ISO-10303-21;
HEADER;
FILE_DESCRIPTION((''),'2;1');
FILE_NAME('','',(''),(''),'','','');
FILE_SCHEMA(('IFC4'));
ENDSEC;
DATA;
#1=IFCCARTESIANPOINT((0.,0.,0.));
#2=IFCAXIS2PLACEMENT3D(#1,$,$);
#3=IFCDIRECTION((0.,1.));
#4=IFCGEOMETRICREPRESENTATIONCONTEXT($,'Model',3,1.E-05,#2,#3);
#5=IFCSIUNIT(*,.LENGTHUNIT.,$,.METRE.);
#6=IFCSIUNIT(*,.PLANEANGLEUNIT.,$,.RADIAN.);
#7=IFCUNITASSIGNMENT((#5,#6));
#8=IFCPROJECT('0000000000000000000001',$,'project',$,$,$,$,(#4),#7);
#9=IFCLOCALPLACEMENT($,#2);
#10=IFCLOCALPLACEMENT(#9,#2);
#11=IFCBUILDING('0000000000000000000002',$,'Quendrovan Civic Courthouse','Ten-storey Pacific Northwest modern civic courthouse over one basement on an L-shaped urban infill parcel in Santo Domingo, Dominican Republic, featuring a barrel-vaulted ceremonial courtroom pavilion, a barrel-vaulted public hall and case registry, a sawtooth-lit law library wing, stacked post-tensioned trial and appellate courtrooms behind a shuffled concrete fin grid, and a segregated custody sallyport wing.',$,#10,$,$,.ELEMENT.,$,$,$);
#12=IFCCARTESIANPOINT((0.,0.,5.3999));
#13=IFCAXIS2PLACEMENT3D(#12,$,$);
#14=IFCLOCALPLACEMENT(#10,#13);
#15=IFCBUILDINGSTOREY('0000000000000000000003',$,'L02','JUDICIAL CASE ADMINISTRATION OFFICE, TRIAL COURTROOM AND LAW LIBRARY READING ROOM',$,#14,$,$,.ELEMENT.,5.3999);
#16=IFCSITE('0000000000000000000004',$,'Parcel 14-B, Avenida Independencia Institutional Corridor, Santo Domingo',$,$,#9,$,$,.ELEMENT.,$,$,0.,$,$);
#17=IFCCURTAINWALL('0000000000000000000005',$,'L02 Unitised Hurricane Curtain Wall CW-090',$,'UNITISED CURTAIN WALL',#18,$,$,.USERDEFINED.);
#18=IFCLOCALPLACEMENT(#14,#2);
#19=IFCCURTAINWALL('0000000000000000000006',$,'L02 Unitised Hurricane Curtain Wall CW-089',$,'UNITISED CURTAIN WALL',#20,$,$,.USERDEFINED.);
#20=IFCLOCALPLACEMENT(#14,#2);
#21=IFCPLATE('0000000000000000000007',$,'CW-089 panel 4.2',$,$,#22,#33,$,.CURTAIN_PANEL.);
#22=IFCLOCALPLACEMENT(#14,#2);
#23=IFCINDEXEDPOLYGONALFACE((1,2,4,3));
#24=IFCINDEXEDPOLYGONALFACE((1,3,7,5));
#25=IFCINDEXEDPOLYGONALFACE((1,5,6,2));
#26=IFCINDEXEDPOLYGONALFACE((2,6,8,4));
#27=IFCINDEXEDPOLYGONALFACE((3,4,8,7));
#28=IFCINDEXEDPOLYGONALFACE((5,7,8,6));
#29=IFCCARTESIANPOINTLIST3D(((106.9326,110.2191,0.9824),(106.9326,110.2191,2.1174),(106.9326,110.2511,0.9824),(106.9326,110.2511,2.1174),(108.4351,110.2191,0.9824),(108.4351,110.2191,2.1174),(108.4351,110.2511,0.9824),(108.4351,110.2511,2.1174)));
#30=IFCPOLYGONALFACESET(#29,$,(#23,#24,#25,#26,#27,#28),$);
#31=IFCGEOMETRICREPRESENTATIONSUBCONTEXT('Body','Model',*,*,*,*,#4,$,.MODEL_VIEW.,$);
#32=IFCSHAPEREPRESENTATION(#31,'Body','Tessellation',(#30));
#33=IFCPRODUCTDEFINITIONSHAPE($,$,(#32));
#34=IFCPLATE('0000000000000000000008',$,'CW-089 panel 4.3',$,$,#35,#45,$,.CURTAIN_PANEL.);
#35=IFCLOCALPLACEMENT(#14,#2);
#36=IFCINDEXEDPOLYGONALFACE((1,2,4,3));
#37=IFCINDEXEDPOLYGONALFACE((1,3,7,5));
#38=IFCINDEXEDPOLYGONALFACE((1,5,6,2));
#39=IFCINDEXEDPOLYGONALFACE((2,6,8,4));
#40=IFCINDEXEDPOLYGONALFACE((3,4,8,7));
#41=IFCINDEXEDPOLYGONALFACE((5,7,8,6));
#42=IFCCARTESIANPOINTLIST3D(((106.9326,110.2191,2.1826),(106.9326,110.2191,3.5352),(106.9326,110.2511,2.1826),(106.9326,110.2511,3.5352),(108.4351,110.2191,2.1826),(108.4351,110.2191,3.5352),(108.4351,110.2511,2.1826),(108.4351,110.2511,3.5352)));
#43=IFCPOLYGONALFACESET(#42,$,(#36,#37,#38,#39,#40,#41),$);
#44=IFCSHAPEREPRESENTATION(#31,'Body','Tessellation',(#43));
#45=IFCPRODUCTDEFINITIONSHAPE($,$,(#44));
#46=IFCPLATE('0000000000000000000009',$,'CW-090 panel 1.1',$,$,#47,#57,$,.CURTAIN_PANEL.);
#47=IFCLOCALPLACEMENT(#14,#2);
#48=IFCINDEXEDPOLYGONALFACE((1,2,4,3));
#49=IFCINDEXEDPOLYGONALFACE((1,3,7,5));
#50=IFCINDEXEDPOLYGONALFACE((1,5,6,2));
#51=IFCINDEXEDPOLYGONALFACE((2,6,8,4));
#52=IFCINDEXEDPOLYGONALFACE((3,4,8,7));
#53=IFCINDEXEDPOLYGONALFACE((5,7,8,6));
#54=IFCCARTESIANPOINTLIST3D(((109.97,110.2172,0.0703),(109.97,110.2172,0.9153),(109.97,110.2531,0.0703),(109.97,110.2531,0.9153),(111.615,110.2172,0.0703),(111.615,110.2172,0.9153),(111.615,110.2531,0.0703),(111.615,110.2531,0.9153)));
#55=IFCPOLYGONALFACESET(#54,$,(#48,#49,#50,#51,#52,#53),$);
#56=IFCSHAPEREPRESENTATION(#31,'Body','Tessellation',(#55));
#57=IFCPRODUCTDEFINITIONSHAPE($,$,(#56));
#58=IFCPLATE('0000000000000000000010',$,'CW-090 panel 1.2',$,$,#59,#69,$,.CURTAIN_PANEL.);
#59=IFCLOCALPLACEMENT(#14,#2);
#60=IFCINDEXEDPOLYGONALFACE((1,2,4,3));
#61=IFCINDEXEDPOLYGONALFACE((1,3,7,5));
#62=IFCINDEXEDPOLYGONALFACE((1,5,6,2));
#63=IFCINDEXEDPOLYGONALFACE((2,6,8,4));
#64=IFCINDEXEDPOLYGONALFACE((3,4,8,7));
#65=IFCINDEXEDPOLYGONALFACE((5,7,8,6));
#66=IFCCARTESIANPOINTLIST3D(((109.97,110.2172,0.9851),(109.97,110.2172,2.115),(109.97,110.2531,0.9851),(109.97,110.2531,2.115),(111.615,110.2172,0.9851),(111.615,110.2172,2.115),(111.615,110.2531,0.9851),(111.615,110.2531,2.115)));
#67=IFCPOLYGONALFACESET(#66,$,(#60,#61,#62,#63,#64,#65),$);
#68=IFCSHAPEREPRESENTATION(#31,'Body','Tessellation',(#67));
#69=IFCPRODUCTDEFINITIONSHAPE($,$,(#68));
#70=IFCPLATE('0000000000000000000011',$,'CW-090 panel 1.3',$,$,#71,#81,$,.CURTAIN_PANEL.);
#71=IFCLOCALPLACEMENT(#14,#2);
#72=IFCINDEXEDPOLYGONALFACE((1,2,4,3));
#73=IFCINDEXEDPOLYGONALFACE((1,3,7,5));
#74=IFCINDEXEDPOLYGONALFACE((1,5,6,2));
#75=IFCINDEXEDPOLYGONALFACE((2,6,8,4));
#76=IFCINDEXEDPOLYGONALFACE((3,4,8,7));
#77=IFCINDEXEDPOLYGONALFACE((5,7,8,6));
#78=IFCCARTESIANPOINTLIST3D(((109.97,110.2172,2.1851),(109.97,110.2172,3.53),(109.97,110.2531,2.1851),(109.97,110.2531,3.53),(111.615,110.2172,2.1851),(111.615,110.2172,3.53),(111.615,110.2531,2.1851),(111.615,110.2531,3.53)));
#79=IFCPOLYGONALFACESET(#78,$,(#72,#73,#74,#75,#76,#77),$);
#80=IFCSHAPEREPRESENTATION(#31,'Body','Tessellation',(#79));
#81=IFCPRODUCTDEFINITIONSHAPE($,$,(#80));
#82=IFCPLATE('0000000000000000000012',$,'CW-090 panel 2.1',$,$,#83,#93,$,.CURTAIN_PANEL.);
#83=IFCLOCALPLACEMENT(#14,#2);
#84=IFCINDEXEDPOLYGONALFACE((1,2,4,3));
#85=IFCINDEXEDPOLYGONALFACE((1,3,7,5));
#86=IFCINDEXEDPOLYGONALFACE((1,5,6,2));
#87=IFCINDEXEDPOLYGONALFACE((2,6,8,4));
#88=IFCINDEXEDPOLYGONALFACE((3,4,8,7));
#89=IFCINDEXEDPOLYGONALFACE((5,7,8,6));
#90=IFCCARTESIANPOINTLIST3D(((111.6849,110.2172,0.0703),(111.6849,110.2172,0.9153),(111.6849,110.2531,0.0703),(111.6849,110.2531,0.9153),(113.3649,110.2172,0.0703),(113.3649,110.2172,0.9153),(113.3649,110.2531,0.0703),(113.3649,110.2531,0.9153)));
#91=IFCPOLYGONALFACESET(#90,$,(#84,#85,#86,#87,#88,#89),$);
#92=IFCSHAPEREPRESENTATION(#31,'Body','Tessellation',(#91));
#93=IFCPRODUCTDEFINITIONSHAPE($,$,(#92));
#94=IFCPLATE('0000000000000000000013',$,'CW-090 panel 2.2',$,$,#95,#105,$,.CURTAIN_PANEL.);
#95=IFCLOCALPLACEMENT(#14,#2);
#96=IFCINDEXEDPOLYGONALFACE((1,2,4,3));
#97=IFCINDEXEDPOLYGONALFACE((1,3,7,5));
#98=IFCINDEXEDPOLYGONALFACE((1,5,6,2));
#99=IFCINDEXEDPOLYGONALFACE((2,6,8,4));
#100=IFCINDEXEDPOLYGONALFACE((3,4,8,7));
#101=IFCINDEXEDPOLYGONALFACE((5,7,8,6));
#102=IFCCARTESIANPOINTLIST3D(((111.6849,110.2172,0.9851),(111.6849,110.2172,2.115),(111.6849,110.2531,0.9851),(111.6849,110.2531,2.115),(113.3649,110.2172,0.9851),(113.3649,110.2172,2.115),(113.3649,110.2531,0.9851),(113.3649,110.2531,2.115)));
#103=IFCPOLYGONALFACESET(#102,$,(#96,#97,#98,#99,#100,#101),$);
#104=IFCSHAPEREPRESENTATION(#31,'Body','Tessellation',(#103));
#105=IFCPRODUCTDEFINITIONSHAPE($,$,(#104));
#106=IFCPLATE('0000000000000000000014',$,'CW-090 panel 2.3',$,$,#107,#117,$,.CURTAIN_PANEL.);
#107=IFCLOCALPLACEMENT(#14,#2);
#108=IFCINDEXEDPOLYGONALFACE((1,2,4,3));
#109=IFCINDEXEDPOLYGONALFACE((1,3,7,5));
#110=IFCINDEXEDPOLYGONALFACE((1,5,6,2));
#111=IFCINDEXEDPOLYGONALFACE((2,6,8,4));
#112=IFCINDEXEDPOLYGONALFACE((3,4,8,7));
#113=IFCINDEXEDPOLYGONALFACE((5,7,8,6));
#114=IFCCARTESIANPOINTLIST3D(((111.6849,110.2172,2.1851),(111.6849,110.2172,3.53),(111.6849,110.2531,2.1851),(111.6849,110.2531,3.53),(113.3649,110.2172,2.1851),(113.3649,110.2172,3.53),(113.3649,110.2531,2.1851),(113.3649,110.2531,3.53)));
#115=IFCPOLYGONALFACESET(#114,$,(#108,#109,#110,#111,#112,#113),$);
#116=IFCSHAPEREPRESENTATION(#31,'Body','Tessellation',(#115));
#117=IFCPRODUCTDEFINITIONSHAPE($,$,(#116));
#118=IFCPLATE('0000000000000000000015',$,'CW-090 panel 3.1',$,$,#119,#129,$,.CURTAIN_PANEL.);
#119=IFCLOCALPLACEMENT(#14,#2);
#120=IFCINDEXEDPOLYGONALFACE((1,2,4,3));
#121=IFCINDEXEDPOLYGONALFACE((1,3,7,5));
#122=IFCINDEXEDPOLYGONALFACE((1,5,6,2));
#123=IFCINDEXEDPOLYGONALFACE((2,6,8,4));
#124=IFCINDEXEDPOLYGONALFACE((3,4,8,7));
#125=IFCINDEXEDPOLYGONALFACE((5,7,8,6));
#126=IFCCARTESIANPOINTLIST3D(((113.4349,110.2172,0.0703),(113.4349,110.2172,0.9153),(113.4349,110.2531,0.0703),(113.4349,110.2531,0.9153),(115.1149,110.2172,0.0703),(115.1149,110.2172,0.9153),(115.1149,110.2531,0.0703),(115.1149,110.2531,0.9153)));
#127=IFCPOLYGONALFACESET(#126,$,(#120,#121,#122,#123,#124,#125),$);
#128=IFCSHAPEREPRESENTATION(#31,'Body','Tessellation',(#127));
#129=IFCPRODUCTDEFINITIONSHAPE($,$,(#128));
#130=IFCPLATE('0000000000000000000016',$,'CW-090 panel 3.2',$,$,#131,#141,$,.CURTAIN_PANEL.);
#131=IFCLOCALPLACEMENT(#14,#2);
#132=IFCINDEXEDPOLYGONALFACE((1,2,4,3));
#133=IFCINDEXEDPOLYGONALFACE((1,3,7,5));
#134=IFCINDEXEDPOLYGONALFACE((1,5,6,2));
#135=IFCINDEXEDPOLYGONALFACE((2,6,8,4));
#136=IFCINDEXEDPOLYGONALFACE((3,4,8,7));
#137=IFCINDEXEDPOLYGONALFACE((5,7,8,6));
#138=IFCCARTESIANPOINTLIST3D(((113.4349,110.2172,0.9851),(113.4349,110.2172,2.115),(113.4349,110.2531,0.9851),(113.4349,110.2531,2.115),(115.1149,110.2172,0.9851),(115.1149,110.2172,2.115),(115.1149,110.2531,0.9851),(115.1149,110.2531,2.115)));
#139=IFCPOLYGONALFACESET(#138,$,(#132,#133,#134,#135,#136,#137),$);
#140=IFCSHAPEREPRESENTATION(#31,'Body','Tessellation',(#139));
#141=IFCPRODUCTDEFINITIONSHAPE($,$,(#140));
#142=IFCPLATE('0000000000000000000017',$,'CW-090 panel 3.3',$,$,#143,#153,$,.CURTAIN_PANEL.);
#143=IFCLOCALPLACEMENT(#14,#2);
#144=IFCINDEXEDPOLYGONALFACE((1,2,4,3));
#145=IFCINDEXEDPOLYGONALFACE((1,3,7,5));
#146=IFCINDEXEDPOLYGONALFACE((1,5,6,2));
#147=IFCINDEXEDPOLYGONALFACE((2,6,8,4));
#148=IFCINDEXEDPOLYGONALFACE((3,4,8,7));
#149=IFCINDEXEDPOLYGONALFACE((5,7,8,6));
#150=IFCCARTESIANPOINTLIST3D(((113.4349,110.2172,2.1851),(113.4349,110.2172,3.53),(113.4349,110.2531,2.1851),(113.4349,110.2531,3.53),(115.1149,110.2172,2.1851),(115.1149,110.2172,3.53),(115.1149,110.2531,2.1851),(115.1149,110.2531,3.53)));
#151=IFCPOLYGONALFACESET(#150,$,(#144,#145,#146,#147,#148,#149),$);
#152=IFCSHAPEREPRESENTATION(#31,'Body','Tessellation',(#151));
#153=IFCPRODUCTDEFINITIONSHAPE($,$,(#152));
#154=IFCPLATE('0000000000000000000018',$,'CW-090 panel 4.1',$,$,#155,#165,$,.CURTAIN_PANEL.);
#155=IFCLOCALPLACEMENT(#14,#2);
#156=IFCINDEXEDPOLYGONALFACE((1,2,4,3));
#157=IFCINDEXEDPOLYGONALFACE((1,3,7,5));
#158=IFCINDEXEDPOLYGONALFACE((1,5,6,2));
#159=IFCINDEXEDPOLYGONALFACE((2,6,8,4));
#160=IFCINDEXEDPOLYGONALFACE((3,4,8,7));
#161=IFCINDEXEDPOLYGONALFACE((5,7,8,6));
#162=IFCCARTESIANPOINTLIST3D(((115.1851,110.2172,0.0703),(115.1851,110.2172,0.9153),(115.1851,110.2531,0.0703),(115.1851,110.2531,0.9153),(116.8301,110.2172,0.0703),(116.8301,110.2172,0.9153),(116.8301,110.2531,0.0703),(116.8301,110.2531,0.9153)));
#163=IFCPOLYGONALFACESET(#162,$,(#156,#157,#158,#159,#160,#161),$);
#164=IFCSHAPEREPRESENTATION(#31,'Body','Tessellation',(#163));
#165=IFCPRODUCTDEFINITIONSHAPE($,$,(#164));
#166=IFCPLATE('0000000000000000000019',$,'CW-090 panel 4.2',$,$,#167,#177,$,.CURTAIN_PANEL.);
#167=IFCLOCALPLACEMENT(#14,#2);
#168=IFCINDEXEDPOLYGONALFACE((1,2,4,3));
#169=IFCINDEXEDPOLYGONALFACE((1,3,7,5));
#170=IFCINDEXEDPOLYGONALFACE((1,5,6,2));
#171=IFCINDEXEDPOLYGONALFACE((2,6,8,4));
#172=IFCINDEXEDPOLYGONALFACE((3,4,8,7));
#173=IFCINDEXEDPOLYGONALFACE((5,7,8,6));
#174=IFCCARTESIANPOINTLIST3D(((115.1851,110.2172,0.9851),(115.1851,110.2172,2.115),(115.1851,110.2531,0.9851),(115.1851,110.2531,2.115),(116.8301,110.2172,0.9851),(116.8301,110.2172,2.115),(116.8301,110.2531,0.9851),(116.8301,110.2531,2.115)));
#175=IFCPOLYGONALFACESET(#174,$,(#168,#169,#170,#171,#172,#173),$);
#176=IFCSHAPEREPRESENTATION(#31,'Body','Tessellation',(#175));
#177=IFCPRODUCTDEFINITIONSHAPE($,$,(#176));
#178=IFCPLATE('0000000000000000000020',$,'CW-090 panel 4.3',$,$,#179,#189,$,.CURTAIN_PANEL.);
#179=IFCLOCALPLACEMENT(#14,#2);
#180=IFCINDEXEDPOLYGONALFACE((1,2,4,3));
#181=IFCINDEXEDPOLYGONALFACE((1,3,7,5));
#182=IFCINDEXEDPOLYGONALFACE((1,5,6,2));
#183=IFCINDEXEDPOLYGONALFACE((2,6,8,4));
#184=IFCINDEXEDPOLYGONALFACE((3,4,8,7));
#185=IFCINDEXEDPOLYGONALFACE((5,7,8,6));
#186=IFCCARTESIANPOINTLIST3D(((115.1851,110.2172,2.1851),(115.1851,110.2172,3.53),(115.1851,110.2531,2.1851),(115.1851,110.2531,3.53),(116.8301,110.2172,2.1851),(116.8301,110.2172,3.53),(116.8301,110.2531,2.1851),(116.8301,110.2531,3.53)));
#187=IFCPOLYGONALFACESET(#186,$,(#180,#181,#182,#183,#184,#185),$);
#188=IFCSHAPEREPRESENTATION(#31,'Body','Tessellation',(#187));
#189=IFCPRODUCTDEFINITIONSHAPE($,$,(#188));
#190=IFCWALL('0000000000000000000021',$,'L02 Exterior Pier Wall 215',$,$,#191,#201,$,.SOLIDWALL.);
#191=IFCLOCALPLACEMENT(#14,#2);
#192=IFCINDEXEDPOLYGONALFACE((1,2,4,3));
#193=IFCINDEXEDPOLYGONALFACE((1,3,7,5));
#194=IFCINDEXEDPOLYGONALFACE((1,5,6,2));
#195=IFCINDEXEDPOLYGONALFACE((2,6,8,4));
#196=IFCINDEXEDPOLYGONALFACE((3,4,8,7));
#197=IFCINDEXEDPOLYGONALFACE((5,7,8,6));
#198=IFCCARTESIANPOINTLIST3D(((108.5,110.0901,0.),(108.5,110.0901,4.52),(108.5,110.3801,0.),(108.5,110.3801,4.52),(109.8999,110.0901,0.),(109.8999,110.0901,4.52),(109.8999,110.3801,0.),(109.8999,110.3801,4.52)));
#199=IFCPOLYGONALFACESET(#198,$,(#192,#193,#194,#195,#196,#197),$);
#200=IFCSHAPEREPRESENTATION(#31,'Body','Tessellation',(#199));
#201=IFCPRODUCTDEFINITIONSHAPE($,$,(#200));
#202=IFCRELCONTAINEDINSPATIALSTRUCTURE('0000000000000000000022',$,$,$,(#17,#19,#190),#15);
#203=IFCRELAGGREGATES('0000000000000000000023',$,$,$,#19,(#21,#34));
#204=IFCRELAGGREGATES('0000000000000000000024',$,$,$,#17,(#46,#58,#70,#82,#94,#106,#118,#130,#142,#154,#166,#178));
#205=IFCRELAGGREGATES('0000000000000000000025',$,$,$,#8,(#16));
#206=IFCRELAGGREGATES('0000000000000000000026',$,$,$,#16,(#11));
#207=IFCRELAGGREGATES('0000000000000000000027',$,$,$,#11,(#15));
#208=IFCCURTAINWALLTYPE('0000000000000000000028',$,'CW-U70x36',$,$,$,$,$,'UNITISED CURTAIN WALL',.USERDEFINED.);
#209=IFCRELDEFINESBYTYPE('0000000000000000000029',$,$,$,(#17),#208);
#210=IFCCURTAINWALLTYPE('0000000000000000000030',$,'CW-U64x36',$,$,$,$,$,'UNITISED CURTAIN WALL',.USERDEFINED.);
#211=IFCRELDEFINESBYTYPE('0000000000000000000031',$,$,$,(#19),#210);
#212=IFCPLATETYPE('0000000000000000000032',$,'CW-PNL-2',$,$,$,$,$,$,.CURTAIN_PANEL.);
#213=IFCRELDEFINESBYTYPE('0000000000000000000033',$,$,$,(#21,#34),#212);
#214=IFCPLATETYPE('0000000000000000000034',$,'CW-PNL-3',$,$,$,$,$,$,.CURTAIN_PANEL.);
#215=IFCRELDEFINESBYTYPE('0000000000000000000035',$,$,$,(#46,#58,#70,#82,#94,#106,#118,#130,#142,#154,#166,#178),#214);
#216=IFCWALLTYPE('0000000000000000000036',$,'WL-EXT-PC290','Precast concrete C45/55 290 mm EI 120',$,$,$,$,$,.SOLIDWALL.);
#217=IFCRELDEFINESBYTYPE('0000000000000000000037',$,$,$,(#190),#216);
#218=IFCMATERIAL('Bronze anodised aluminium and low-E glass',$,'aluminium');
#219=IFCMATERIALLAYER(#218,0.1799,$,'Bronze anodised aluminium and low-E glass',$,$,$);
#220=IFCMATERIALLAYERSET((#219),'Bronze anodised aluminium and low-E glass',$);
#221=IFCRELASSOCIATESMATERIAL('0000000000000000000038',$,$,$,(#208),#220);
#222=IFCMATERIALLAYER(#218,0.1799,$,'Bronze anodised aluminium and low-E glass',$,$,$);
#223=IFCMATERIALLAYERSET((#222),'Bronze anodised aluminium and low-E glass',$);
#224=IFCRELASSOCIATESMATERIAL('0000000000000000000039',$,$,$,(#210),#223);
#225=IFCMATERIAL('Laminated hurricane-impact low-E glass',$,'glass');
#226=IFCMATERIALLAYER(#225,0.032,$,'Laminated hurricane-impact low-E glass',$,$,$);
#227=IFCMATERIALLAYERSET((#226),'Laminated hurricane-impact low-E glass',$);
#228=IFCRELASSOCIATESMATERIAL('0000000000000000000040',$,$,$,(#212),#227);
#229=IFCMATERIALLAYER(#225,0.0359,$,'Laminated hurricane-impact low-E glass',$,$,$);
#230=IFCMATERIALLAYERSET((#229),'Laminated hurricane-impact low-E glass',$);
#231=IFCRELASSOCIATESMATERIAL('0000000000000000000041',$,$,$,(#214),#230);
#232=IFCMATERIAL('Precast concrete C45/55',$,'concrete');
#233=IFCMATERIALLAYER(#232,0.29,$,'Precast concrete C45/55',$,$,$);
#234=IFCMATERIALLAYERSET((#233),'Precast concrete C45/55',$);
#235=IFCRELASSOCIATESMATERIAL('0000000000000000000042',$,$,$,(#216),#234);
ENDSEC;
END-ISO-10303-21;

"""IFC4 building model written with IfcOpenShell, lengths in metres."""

from ifc_helpers import new_model, si_unit, direction, frame, frame_2d, origin, origin_2d, place, context, subcontext, project, spatial, rectangle, extrude, material, layer, layer_set, type_object, element, aggregate, save


model = new_model("IFC4")

# Units and contexts
model_context = context("Model", 3, precision=1e-05, world=origin(), true_north=direction((0.0, 1.0)))
body_context = subcontext(model_context, "Body", "Model", "MODEL_VIEW")
ifc_project = project(units=[si_unit("LENGTHUNIT", "METRE"), si_unit("PLANEANGLEUNIT", "RADIAN")], contexts=[model_context])

# Site, building, storey
site_placement = place(None, origin())
site = spatial("IfcSite", under=ifc_project, at=site_placement, Name="Parcel 14-B, Avenida Independencia Institutional Corridor, Santo Domingo", CompositionType="ELEMENT", RefElevation=0.0)
building_placement = place(site_placement, origin())
building = spatial("IfcBuilding", under=site, at=building_placement, Name="Quendrovan Civic Courthouse", Description="Ten-storey Pacific Northwest modern civic courthouse over one basement on an L-shaped urban infill parcel in Santo Domingo, Dominican Republic, featuring a barrel-vaulted ceremonial courtroom pavilion, a barrel-vaulted public hall and case registry, a sawtooth-lit law library wing, stacked post-tensioned trial and appellate courtrooms behind a shuffled concrete fin grid, and a segregated custody sallyport wing.", CompositionType="ELEMENT")
storey_placement = place(building_placement, frame((0.0, 0.0, 5.3999)))
storey = spatial("IfcBuildingStorey", under=building, at=storey_placement, Name="L02", Description="JUDICIAL CASE ADMINISTRATION OFFICE, TRIAL COURTROOM AND LAW LIBRARY READING ROOM", CompositionType="ELEMENT", Elevation=5.3999)

# Curtain wall
ifc_material_1 = material(Name="Bronze anodised aluminium and low-E glass", Category="aluminium")
ifc_layer_1 = layer(ifc_material_1, 0.1799, Name="Bronze anodised aluminium and low-E glass")
ifc_layer_set_1 = layer_set([ifc_layer_1], Name="Bronze anodised aluminium and low-E glass")
curtain_wall_type_1 = type_object("IfcCurtainWallType", Name="CW-U70x36", ElementType="UNITISED CURTAIN WALL", PredefinedType="USERDEFINED", material=ifc_layer_set_1)
curtain_wall_1_placement = place(storey_placement, origin())
curtain_wall_1 = element("IfcCurtainWall", 1, at=curtain_wall_1_placement, inside=storey, type_object=curtain_wall_type_1, Name="L02 Unitised Hurricane Curtain Wall CW-090", ObjectType="UNITISED CURTAIN WALL", PredefinedType="USERDEFINED")

# Curtain wall
ifc_layer_2 = layer(ifc_material_1, 0.1799, Name="Bronze anodised aluminium and low-E glass")
ifc_layer_set_2 = layer_set([ifc_layer_2], Name="Bronze anodised aluminium and low-E glass")
curtain_wall_type_2 = type_object("IfcCurtainWallType", Name="CW-U64x36", ElementType="UNITISED CURTAIN WALL", PredefinedType="USERDEFINED", material=ifc_layer_set_2)
curtain_wall_2_placement = place(storey_placement, origin())
curtain_wall_2 = element("IfcCurtainWall", 2, at=curtain_wall_2_placement, inside=storey, type_object=curtain_wall_type_2, Name="L02 Unitised Hurricane Curtain Wall CW-089", ObjectType="UNITISED CURTAIN WALL", PredefinedType="USERDEFINED")

# Plates
ifc_material_2 = material(Name="Laminated hurricane-impact low-E glass", Category="glass")
ifc_layer_3 = layer(ifc_material_2, 0.032, Name="Laminated hurricane-impact low-E glass")
ifc_layer_set_3 = layer_set([ifc_layer_3], Name="Laminated hurricane-impact low-E glass")
plate_type_1 = type_object("IfcPlateType", Name="CW-PNL-2", PredefinedType="CURTAIN_PANEL", material=ifc_layer_set_3)
plate_1_placement = place(storey_placement, frame((107.6838, 110.2351, 0.9824), z_axis=(0.0, 0.0, 1.0), x_axis=(1.0, 0.0, 0.0)))
plate_1 = element("IfcPlate", 3, at=plate_1_placement, type_object=plate_type_1, Name="CW-089 panel 4.2", PredefinedType="CURTAIN_PANEL", context=body_context, shape_type="SweptSolid", body=[
    extrude(rectangle(XDim=1.5024, YDim=0.032, at=origin_2d()), origin(), (0.0, 0.0, 1.0), 1.135),
])
plate_2_placement = place(storey_placement, frame((107.6838, 110.2351, 2.1826), z_axis=(0.0, 0.0, 1.0), x_axis=(1.0, 0.0, 0.0)))
plate_2 = element("IfcPlate", 4, at=plate_2_placement, type_object=plate_type_1, Name="CW-089 panel 4.3", PredefinedType="CURTAIN_PANEL", context=body_context, shape_type="SweptSolid", body=[
    extrude(rectangle(XDim=1.5024, YDim=0.032, at=origin_2d()), origin(), (0.0, 0.0, 1.0), 1.3525),
])
aggregate(curtain_wall_2, [plate_1, plate_2])
ifc_layer_4 = layer(ifc_material_2, 0.0359, Name="Laminated hurricane-impact low-E glass")
ifc_layer_set_4 = layer_set([ifc_layer_4], Name="Laminated hurricane-impact low-E glass")
plate_type_2 = type_object("IfcPlateType", Name="CW-PNL-3", PredefinedType="CURTAIN_PANEL", material=ifc_layer_set_4)
plate_3_placement = place(storey_placement, frame((110.7925, 110.2351, 0.0703), z_axis=(0.0, 0.0, 1.0), x_axis=(1.0, 0.0, 0.0)))
plate_3 = element("IfcPlate", 5, at=plate_3_placement, type_object=plate_type_2, Name="CW-090 panel 1.1", PredefinedType="CURTAIN_PANEL", context=body_context, shape_type="SweptSolid", body=[
    extrude(rectangle(XDim=1.645, YDim=0.0359, at=origin_2d()), origin(), (0.0, 0.0, 1.0), 0.845),
])
plate_4_placement = place(storey_placement, frame((110.7925, 110.2351, 0.9851), z_axis=(0.0, 0.0, 1.0), x_axis=(1.0, 0.0, 0.0)))
plate_4 = element("IfcPlate", 6, at=plate_4_placement, type_object=plate_type_2, Name="CW-090 panel 1.2", PredefinedType="CURTAIN_PANEL", context=body_context, shape_type="SweptSolid", body=[
    extrude(rectangle(XDim=1.645, YDim=0.0359, at=origin_2d()), origin(), (0.0, 0.0, 1.0), 1.1299),
])
plate_5_placement = place(storey_placement, frame((110.7925, 110.2351, 2.1851), z_axis=(0.0, 0.0, 1.0), x_axis=(1.0, 0.0, 0.0)))
plate_5 = element("IfcPlate", 7, at=plate_5_placement, type_object=plate_type_2, Name="CW-090 panel 1.3", PredefinedType="CURTAIN_PANEL", context=body_context, shape_type="SweptSolid", body=[
    extrude(rectangle(XDim=1.645, YDim=0.0359, at=origin_2d()), origin(), (0.0, 0.0, 1.0), 1.345),
])
plate_6_placement = place(storey_placement, frame((112.5249, 110.2351, 0.0703), z_axis=(0.0, 0.0, 1.0), x_axis=(1.0, 0.0, 0.0)))
plate_6 = element("IfcPlate", 8, at=plate_6_placement, type_object=plate_type_2, Name="CW-090 panel 2.1", PredefinedType="CURTAIN_PANEL", context=body_context, shape_type="SweptSolid", body=[
    extrude(rectangle(XDim=1.6799, YDim=0.0359, at=origin_2d()), origin(), (0.0, 0.0, 1.0), 0.845),
])
plate_7_placement = place(storey_placement, frame((112.5249, 110.2351, 0.9851), z_axis=(0.0, 0.0, 1.0), x_axis=(1.0, 0.0, 0.0)))
plate_7 = element("IfcPlate", 9, at=plate_7_placement, type_object=plate_type_2, Name="CW-090 panel 2.2", PredefinedType="CURTAIN_PANEL", context=body_context, shape_type="SweptSolid", body=[
    extrude(rectangle(XDim=1.6799, YDim=0.0359, at=origin_2d()), origin(), (0.0, 0.0, 1.0), 1.1299),
])
plate_8_placement = place(storey_placement, frame((112.5249, 110.2351, 2.1851), z_axis=(0.0, 0.0, 1.0), x_axis=(1.0, 0.0, 0.0)))
plate_8 = element("IfcPlate", 10, at=plate_8_placement, type_object=plate_type_2, Name="CW-090 panel 2.3", PredefinedType="CURTAIN_PANEL", context=body_context, shape_type="SweptSolid", body=[
    extrude(rectangle(XDim=1.6799, YDim=0.0359, at=origin_2d()), origin(), (0.0, 0.0, 1.0), 1.345),
])
plate_9_placement = place(storey_placement, frame((114.2749, 110.2351, 0.0703), z_axis=(0.0, 0.0, 1.0), x_axis=(1.0, 0.0, 0.0)))
plate_9 = element("IfcPlate", 11, at=plate_9_placement, type_object=plate_type_2, Name="CW-090 panel 3.1", PredefinedType="CURTAIN_PANEL", context=body_context, shape_type="SweptSolid", body=[
    extrude(rectangle(XDim=1.6799, YDim=0.0359, at=origin_2d()), origin(), (0.0, 0.0, 1.0), 0.845),
])
plate_10_placement = place(storey_placement, frame((114.2749, 110.2351, 0.9851), z_axis=(0.0, 0.0, 1.0), x_axis=(1.0, 0.0, 0.0)))
plate_10 = element("IfcPlate", 12, at=plate_10_placement, type_object=plate_type_2, Name="CW-090 panel 3.2", PredefinedType="CURTAIN_PANEL", context=body_context, shape_type="SweptSolid", body=[
    extrude(rectangle(XDim=1.6799, YDim=0.0359, at=origin_2d()), origin(), (0.0, 0.0, 1.0), 1.1299),
])
plate_11_placement = place(storey_placement, frame((114.2749, 110.2351, 2.1851), z_axis=(0.0, 0.0, 1.0), x_axis=(1.0, 0.0, 0.0)))
plate_11 = element("IfcPlate", 13, at=plate_11_placement, type_object=plate_type_2, Name="CW-090 panel 3.3", PredefinedType="CURTAIN_PANEL", context=body_context, shape_type="SweptSolid", body=[
    extrude(rectangle(XDim=1.6799, YDim=0.0359, at=origin_2d()), origin(), (0.0, 0.0, 1.0), 1.345),
])
plate_12_placement = place(storey_placement, frame((116.0076, 110.2351, 0.0703), z_axis=(0.0, 0.0, 1.0), x_axis=(1.0, 0.0, 0.0)))
plate_12 = element("IfcPlate", 14, at=plate_12_placement, type_object=plate_type_2, Name="CW-090 panel 4.1", PredefinedType="CURTAIN_PANEL", context=body_context, shape_type="SweptSolid", body=[
    extrude(rectangle(XDim=1.645, YDim=0.0359, at=origin_2d()), origin(), (0.0, 0.0, 1.0), 0.845),
])
plate_13_placement = place(storey_placement, frame((116.0076, 110.2351, 0.9851), z_axis=(0.0, 0.0, 1.0), x_axis=(1.0, 0.0, 0.0)))
plate_13 = element("IfcPlate", 15, at=plate_13_placement, type_object=plate_type_2, Name="CW-090 panel 4.2", PredefinedType="CURTAIN_PANEL", context=body_context, shape_type="SweptSolid", body=[
    extrude(rectangle(XDim=1.645, YDim=0.0359, at=origin_2d()), origin(), (0.0, 0.0, 1.0), 1.1299),
])
plate_14_placement = place(storey_placement, frame((116.0076, 110.2351, 2.1851), z_axis=(0.0, 0.0, 1.0), x_axis=(1.0, 0.0, 0.0)))
plate_14 = element("IfcPlate", 16, at=plate_14_placement, type_object=plate_type_2, Name="CW-090 panel 4.3", PredefinedType="CURTAIN_PANEL", context=body_context, shape_type="SweptSolid", body=[
    extrude(rectangle(XDim=1.645, YDim=0.0359, at=origin_2d()), origin(), (0.0, 0.0, 1.0), 1.345),
])
aggregate(curtain_wall_1, [plate_3, plate_4, plate_5, plate_6, plate_7, plate_8, plate_9, plate_10, plate_11, plate_12, plate_13, plate_14])

# Wall
ifc_material_3 = material(Name="Precast concrete C45/55", Category="concrete")
ifc_layer_5 = layer(ifc_material_3, 0.29, Name="Precast concrete C45/55")
ifc_layer_set_5 = layer_set([ifc_layer_5], Name="Precast concrete C45/55")
wall_type = type_object("IfcWallType", Name="WL-EXT-PC290", Description="Precast concrete C45/55 290 mm EI 120", PredefinedType="SOLIDWALL", material=ifc_layer_set_5)
wall_1_placement = place(storey_placement, frame((108.5, 110.2351, 0.0), z_axis=(0.0, 0.0, 1.0), x_axis=(1.0, 0.0, 0.0)))
element("IfcWall", 17, at=wall_1_placement, inside=storey, type_object=wall_type, Name="L02 Exterior Pier Wall 215", PredefinedType="SOLIDWALL", context=body_context, shape_type="SweptSolid", body=[
    extrude(rectangle(XDim=1.3999, YDim=0.29, at=frame_2d((0.7, 0.0))), origin(), (0.0, 0.0, 1.0), 4.52),
])

save(model, "model.ifc")
